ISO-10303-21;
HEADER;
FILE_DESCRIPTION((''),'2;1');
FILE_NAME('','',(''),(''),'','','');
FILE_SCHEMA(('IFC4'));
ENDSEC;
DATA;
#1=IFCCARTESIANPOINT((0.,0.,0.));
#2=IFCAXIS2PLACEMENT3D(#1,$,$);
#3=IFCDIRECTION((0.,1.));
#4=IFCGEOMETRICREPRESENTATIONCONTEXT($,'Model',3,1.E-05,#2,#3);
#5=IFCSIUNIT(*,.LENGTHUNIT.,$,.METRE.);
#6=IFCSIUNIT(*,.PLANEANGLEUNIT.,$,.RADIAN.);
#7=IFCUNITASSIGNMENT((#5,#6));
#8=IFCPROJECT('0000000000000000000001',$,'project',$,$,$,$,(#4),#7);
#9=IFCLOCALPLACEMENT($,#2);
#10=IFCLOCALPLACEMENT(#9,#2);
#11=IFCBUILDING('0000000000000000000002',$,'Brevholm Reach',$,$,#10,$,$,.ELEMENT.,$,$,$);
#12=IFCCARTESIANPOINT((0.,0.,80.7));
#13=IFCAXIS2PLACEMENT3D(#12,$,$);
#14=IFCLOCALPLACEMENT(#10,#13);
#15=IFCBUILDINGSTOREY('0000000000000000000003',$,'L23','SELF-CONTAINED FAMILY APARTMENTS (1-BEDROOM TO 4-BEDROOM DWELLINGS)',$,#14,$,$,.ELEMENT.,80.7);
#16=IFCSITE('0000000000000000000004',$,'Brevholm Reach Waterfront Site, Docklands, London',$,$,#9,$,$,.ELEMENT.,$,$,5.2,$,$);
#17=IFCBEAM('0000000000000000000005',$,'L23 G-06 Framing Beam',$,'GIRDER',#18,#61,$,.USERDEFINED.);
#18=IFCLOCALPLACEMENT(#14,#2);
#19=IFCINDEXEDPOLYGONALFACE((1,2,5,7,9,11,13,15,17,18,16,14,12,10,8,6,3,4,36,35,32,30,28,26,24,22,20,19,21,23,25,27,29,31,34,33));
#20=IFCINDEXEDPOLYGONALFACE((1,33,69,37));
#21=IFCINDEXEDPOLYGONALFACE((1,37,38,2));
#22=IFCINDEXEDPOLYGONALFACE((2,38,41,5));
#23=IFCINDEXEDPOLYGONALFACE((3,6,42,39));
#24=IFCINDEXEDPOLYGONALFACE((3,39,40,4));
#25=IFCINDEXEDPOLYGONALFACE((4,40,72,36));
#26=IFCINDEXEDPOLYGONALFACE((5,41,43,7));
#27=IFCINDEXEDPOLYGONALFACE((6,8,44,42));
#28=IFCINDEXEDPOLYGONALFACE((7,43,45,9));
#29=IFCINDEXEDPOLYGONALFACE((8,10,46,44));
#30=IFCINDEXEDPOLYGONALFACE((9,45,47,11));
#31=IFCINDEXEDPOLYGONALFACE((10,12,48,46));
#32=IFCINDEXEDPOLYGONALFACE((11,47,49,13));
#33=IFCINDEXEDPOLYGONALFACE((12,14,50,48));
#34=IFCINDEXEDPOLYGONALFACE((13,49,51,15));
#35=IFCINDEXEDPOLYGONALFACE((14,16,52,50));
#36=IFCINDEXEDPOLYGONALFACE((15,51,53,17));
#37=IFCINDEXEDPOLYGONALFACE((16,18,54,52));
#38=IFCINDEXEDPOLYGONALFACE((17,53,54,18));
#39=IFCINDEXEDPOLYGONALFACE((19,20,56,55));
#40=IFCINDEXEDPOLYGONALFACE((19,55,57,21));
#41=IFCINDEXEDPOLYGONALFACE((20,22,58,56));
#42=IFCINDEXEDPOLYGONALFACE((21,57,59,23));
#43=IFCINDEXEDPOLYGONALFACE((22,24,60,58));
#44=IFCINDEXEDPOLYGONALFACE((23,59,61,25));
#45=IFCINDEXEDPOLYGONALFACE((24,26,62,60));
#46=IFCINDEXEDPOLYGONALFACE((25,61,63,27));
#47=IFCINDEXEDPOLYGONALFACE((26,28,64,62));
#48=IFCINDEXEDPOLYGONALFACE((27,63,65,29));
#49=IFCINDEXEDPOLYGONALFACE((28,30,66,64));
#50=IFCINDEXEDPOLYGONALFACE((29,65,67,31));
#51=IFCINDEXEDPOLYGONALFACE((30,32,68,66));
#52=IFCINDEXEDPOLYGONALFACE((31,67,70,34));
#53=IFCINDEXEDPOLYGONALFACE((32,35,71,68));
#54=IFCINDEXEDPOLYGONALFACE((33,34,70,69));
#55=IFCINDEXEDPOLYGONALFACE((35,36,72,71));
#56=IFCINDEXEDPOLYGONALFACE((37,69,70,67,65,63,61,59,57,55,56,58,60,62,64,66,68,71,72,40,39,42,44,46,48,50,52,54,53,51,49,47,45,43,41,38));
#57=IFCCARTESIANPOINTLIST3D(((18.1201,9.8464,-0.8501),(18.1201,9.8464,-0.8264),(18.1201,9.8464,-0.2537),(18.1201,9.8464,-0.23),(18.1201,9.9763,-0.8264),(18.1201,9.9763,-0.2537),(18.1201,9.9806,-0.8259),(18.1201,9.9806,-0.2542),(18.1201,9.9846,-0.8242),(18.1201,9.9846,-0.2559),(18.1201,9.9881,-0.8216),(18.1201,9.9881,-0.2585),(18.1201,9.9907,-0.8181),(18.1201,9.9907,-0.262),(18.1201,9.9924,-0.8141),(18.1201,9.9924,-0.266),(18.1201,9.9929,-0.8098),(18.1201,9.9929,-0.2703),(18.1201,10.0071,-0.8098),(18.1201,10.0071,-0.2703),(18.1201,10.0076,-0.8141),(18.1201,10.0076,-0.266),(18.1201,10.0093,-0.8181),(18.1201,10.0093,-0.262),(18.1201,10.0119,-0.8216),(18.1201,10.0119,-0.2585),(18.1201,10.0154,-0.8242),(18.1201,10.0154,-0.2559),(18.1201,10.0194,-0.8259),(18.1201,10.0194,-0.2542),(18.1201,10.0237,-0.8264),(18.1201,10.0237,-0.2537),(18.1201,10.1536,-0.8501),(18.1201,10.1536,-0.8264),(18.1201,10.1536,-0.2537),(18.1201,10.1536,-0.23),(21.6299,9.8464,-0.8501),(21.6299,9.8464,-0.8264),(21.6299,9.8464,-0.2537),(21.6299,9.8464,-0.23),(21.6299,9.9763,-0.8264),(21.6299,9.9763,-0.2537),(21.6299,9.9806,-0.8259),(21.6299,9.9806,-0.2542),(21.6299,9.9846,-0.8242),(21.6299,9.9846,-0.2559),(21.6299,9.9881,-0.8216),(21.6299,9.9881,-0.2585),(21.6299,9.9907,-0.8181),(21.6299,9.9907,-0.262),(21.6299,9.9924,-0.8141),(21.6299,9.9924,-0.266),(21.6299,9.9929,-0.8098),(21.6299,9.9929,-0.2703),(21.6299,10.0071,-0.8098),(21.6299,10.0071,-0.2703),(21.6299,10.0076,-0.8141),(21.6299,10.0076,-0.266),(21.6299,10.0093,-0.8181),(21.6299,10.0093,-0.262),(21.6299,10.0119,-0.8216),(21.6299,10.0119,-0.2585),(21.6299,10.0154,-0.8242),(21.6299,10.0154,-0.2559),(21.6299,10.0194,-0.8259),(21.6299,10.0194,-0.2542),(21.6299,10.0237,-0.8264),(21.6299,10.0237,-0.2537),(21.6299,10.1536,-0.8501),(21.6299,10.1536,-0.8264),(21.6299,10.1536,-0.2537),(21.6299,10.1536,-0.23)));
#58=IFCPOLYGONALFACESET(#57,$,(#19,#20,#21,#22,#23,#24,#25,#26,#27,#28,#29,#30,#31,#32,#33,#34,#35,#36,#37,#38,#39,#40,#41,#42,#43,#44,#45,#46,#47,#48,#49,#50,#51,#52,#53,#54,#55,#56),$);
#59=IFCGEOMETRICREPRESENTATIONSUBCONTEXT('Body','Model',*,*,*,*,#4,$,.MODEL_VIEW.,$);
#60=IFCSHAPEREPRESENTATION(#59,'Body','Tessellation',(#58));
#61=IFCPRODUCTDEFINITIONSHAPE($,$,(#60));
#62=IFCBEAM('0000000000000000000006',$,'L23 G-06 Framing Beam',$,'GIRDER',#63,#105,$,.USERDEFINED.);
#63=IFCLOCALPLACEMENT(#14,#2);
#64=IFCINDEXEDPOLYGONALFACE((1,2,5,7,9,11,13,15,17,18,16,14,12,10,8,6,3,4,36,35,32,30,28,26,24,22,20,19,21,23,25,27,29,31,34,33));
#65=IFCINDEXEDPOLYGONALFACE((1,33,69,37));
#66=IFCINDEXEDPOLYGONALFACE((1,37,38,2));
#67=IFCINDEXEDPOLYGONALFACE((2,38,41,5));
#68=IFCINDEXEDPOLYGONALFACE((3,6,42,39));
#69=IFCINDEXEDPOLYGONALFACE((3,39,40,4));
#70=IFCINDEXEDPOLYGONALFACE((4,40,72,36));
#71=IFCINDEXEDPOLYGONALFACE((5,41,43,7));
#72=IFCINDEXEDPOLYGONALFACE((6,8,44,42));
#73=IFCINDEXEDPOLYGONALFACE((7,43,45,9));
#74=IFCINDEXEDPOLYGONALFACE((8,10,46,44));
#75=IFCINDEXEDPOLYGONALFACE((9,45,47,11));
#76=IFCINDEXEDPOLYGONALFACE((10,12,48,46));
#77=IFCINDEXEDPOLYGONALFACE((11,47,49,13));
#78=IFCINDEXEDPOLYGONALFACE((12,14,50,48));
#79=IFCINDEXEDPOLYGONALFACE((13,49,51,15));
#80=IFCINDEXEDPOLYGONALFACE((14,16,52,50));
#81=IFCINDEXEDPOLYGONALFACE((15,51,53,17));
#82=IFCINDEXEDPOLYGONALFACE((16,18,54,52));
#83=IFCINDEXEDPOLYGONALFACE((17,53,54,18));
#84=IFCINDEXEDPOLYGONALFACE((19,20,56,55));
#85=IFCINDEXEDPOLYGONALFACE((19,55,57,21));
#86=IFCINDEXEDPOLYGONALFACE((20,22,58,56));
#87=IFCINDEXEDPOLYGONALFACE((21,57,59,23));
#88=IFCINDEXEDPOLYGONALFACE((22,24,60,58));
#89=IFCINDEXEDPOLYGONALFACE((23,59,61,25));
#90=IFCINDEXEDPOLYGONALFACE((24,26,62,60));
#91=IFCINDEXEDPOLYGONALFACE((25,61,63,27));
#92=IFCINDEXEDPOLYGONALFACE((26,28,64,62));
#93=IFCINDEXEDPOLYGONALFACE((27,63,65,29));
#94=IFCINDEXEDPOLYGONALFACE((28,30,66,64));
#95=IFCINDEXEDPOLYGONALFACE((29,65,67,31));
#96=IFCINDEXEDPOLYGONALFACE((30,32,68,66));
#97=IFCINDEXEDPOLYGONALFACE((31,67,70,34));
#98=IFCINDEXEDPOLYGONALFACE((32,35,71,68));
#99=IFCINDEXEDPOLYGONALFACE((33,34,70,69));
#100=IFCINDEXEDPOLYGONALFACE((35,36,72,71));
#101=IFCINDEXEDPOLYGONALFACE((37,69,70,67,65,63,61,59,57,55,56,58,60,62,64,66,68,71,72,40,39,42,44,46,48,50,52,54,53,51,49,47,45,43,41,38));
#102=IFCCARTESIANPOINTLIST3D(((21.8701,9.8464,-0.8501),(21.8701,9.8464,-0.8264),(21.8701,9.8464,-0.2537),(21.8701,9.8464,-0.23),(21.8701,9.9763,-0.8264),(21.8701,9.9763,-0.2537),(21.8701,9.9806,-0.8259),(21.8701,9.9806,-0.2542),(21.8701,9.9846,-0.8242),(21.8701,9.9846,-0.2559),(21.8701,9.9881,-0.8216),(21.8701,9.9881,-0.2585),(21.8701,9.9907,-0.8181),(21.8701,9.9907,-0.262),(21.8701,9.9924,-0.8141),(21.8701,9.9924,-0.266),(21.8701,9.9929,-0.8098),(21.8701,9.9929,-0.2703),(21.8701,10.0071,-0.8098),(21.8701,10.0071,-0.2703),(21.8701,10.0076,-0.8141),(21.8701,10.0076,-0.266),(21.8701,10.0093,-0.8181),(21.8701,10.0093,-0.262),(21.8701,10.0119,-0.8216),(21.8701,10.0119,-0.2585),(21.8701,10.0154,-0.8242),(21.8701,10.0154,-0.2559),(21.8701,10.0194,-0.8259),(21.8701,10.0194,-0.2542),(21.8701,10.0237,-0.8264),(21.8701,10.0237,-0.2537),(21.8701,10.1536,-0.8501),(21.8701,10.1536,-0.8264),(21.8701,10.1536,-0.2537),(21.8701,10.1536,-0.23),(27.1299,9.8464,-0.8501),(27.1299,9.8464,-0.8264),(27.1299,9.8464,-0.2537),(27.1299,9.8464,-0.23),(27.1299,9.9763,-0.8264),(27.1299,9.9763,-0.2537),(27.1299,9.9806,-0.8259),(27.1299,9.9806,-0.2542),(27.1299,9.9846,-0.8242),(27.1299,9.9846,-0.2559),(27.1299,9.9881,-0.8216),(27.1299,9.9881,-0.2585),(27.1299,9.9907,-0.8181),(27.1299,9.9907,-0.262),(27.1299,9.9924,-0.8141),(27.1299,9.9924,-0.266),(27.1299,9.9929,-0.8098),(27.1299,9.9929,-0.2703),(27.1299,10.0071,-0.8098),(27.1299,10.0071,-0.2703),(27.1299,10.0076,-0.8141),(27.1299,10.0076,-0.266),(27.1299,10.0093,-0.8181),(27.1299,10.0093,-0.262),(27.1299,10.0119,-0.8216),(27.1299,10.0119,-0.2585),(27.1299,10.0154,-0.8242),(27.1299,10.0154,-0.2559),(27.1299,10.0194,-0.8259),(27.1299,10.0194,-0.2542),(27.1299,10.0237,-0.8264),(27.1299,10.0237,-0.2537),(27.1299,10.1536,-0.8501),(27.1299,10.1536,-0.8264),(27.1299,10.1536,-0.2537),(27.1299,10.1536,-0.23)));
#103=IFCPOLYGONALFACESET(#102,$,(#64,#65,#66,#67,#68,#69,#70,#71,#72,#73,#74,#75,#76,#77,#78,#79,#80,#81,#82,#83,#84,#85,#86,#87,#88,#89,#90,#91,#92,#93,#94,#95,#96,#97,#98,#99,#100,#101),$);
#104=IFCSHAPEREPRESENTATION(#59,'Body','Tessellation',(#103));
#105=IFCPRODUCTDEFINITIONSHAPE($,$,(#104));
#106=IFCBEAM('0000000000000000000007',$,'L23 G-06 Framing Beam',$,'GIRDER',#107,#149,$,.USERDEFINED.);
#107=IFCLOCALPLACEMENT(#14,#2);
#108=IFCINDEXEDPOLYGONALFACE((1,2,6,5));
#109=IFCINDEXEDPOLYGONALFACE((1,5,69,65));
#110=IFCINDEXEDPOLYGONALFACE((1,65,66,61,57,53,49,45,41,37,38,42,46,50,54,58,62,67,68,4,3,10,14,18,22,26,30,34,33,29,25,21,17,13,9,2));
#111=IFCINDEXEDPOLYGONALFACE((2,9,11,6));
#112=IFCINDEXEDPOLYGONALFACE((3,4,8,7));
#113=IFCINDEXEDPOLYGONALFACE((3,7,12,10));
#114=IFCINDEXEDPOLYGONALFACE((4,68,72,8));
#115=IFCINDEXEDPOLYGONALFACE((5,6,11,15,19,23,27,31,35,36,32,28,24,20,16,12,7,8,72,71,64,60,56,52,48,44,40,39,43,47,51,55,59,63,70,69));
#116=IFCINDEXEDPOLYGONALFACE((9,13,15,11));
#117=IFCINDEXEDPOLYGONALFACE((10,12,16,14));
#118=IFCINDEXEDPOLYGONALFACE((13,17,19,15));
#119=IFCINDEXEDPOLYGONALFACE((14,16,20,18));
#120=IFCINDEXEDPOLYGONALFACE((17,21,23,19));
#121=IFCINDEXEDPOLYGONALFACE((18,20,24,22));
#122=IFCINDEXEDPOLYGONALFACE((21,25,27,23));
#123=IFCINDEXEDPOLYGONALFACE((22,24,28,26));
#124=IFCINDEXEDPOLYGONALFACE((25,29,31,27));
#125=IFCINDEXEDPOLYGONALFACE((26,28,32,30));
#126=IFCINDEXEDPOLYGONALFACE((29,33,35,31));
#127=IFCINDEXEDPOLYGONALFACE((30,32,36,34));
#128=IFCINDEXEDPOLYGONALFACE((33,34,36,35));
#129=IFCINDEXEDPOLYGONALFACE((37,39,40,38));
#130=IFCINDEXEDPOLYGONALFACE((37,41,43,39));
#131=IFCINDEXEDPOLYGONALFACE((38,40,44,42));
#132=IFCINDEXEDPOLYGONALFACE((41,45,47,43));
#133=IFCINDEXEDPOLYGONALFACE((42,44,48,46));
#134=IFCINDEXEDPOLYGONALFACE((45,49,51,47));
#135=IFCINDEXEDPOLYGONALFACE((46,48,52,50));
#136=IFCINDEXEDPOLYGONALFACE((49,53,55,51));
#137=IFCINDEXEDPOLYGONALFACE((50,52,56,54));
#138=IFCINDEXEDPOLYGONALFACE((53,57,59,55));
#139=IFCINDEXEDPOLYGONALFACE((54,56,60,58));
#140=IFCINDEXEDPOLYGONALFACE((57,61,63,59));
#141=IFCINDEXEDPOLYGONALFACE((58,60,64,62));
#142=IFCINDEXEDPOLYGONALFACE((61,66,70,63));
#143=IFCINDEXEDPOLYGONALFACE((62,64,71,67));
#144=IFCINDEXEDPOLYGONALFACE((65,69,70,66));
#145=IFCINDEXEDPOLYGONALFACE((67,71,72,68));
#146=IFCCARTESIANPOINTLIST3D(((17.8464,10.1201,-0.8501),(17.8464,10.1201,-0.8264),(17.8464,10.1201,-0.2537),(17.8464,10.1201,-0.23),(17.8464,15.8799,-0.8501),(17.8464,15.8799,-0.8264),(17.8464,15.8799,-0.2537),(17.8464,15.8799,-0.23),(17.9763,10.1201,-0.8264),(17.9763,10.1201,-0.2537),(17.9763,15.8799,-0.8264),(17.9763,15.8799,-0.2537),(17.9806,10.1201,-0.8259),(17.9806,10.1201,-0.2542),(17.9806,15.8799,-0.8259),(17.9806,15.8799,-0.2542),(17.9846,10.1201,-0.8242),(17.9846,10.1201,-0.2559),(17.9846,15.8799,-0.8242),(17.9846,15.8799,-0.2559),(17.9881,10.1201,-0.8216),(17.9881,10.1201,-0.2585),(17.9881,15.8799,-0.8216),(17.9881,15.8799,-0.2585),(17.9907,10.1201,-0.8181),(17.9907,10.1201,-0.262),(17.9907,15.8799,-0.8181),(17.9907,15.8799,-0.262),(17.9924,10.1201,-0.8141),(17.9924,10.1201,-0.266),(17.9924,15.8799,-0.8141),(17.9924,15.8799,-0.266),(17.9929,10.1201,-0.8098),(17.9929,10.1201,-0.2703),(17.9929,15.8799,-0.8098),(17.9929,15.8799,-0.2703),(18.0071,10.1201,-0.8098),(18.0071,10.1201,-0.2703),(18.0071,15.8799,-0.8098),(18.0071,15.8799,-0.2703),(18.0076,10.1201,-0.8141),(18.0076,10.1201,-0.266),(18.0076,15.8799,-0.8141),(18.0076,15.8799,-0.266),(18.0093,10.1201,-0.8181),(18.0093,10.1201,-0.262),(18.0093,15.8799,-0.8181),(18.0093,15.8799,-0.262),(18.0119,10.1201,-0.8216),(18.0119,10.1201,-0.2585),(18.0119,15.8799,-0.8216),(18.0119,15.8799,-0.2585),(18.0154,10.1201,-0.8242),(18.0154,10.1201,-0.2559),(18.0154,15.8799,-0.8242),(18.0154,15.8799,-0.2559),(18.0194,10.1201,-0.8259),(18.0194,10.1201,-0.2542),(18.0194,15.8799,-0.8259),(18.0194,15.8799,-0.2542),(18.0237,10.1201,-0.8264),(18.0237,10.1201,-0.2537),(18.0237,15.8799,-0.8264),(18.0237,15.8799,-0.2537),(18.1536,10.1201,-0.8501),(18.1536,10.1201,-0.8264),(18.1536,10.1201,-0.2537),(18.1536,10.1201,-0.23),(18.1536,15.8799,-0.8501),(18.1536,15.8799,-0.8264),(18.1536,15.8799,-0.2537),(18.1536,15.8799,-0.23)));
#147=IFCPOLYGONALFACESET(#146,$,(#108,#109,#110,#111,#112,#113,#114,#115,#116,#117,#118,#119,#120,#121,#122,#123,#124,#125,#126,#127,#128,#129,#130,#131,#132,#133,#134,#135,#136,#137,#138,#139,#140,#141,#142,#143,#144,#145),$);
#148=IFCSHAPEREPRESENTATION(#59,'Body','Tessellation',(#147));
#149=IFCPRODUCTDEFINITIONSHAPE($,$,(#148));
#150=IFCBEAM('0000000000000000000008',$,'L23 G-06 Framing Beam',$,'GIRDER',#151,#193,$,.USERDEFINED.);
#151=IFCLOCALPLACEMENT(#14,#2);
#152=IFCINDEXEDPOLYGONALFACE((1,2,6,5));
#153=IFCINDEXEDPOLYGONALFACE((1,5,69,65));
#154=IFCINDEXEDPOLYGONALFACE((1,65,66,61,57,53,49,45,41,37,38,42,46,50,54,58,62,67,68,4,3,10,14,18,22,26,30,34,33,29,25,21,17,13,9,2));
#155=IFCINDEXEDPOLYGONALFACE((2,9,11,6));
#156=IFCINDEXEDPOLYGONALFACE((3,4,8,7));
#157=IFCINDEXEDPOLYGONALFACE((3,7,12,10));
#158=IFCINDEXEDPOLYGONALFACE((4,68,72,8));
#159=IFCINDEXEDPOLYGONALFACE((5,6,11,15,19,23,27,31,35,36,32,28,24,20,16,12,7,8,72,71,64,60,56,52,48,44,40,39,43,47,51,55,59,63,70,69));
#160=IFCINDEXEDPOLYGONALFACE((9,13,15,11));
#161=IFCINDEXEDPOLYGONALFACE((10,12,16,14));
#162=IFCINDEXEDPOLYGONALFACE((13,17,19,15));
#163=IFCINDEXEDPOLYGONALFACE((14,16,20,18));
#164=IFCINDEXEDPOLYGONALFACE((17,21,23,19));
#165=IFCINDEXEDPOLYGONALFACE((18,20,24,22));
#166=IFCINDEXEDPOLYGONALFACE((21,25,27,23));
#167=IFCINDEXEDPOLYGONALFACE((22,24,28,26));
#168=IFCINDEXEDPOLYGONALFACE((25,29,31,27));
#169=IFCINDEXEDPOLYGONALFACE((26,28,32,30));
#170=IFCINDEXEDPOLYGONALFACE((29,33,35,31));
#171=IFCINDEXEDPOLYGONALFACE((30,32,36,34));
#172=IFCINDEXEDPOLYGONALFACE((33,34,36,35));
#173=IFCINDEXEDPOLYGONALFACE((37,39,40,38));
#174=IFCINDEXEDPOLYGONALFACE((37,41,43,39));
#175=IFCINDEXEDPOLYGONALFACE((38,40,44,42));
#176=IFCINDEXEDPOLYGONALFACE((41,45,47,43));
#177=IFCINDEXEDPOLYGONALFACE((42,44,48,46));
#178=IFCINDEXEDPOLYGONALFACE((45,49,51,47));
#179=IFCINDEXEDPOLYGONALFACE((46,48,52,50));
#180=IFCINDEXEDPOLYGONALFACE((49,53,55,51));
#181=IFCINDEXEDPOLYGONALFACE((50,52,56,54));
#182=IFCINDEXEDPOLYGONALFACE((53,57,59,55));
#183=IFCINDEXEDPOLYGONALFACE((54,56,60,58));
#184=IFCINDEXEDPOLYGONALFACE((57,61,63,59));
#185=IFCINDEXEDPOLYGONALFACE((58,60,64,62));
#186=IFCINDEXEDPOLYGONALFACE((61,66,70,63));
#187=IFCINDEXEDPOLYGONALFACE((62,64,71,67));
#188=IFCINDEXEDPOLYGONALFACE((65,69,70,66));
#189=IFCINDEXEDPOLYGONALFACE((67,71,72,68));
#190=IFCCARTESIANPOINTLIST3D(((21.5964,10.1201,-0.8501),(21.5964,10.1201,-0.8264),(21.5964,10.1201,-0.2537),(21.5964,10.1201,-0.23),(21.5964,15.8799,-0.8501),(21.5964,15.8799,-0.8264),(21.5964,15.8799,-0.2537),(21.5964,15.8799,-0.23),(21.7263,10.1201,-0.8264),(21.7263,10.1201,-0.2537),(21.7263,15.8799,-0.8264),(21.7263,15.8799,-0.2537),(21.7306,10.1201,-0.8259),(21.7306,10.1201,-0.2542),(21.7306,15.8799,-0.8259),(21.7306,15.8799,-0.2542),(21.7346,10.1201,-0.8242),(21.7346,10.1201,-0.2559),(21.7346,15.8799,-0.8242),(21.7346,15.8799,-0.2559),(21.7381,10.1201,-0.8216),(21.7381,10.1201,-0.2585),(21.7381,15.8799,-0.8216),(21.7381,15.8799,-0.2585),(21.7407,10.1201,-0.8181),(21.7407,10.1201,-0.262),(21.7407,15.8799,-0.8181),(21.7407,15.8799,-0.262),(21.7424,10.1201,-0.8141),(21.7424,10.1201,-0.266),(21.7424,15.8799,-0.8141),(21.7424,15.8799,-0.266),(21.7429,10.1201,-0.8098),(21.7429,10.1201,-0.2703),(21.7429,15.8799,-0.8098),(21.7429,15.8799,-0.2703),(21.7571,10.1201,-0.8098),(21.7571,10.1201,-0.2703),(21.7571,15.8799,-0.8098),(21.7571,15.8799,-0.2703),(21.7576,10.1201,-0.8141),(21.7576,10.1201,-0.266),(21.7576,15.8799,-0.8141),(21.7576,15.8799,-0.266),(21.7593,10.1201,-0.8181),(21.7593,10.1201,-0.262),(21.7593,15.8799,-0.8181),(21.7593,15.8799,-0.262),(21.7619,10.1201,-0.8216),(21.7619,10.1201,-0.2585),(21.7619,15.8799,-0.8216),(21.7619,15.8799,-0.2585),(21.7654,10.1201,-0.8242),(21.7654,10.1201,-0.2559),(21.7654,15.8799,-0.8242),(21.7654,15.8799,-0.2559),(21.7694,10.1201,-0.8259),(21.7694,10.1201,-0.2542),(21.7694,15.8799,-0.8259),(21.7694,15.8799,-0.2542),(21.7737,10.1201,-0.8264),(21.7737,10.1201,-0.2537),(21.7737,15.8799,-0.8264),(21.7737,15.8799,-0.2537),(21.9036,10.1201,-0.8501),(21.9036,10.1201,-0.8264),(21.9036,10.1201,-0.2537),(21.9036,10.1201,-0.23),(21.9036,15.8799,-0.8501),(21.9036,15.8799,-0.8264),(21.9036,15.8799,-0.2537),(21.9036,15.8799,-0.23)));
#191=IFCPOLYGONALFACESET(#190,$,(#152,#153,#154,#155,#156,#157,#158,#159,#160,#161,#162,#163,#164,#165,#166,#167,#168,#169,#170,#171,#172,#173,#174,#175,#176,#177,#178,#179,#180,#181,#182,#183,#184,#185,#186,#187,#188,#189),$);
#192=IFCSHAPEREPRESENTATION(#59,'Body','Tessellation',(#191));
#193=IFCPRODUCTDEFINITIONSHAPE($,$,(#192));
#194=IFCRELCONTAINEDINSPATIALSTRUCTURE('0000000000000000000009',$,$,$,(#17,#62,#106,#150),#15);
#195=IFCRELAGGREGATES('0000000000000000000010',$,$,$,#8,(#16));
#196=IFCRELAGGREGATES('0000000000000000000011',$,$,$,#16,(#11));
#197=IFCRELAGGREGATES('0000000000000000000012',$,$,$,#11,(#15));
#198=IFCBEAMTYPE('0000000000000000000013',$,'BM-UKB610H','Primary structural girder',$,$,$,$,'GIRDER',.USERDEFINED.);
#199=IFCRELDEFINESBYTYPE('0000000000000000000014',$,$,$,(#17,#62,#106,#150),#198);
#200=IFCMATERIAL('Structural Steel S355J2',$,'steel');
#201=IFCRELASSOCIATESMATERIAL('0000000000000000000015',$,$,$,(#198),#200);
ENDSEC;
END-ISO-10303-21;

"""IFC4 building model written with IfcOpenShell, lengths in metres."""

from ifc_helpers import new_model, si_unit, direction, frame, origin, origin_2d, place, context, subcontext, project, spatial, i_section, extrude, material, material_profile, profile_set, type_object, element, save


model = new_model("IFC4")

# Units and contexts
model_context = context("Model", 3, precision=1e-05, world=origin(), true_north=direction((0.0, 1.0)))
body_context = subcontext(model_context, "Body", "Model", "MODEL_VIEW")
ifc_project = project(units=[si_unit("LENGTHUNIT", "METRE"), si_unit("PLANEANGLEUNIT", "RADIAN")], contexts=[model_context])

# Site, building, storey
site_placement = place(None, origin())
site = spatial("IfcSite", under=ifc_project, at=site_placement, Name="Brevholm Reach Waterfront Site, Docklands, London", CompositionType="ELEMENT", RefElevation=5.2)
building_placement = place(site_placement, origin())
building = spatial("IfcBuilding", under=site, at=building_placement, Name="Brevholm Reach", CompositionType="ELEMENT")
storey_placement = place(building_placement, frame((0.0, 0.0, 80.7)))
storey = spatial("IfcBuildingStorey", under=building, at=storey_placement, Name="L23", Description="SELF-CONTAINED FAMILY APARTMENTS (1-BEDROOM TO 4-BEDROOM DWELLINGS)", CompositionType="ELEMENT", Elevation=80.7)

# Beams
ifc_material_1 = material(Name="Structural Steel S355J2", Category="steel")
ifc_material_profile_1 = material_profile(ifc_material_1, i_section(OverallWidth=0.3071, OverallDepth=0.6201, WebThickness=0.0142, FlangeThickness=0.0237, FilletRadius=0.0166, at=origin_2d()), Name="UKB 610x305x179")
ifc_profile_set_1 = profile_set([ifc_material_profile_1], Name="Structural Steel S355J2")
beam_type_1 = type_object("IfcBeamType", Name="BM-UKB610H", Description="Primary structural girder", ElementType="GIRDER", PredefinedType="USERDEFINED", material=ifc_profile_set_1)
beam_1_placement = place(storey_placement, frame((18.1201, 10.0, -0.54), z_axis=(1.0, 0.0, 0.0), x_axis=(0.0, 1.0, 0.0)))
element("IfcBeam", 1, at=beam_1_placement, inside=storey, type_object=beam_type_1, Name="L23 G-06 Framing Beam", ObjectType="GIRDER", PredefinedType="USERDEFINED", context=body_context, shape_type="SweptSolid", body=[
    extrude(i_section(OverallWidth=0.3071, OverallDepth=0.6201, WebThickness=0.0142, FlangeThickness=0.0237, FilletRadius=0.0166, at=origin_2d()), origin(), (0.0, 0.0, 1.0), 3.5098),
])
beam_2_placement = place(storey_placement, frame((21.8701, 10.0, -0.54), z_axis=(1.0, 0.0, 0.0), x_axis=(0.0, 1.0, 0.0)))
element("IfcBeam", 2, at=beam_2_placement, inside=storey, type_object=beam_type_1, Name="L23 G-06 Framing Beam", ObjectType="GIRDER", PredefinedType="USERDEFINED", context=body_context, shape_type="SweptSolid", body=[
    extrude(i_section(OverallWidth=0.3071, OverallDepth=0.6201, WebThickness=0.0142, FlangeThickness=0.0237, FilletRadius=0.0166, at=origin_2d()), origin(), (0.0, 0.0, 1.0), 5.2598),
])
for number, where, z_axis, x_axis, name in (
    (3, (18.0, 10.1201, -0.54), (0.0, 1.0, 0.0), (-1.0, 0.0, 0.0), "L23 G-06 Framing Beam"),
    (4, (21.75, 10.1201, -0.54), (0.0, 1.0, 0.0), (-1.0, 0.0, 0.0), "L23 G-06 Framing Beam"),
):
    element("IfcBeam", number, at=place(storey_placement, frame(where, z_axis=z_axis, x_axis=x_axis)), inside=storey, type_object=beam_type_1, Name=name, ObjectType="GIRDER", PredefinedType="USERDEFINED", context=body_context, shape_type="SweptSolid", body=[
        extrude(i_section(OverallWidth=0.3071, OverallDepth=0.6201, WebThickness=0.0142, FlangeThickness=0.0237, FilletRadius=0.0166, at=origin_2d()), origin(), (0.0, 0.0, 1.0), 5.7598),
    ])

save(model, "model.ifc")
